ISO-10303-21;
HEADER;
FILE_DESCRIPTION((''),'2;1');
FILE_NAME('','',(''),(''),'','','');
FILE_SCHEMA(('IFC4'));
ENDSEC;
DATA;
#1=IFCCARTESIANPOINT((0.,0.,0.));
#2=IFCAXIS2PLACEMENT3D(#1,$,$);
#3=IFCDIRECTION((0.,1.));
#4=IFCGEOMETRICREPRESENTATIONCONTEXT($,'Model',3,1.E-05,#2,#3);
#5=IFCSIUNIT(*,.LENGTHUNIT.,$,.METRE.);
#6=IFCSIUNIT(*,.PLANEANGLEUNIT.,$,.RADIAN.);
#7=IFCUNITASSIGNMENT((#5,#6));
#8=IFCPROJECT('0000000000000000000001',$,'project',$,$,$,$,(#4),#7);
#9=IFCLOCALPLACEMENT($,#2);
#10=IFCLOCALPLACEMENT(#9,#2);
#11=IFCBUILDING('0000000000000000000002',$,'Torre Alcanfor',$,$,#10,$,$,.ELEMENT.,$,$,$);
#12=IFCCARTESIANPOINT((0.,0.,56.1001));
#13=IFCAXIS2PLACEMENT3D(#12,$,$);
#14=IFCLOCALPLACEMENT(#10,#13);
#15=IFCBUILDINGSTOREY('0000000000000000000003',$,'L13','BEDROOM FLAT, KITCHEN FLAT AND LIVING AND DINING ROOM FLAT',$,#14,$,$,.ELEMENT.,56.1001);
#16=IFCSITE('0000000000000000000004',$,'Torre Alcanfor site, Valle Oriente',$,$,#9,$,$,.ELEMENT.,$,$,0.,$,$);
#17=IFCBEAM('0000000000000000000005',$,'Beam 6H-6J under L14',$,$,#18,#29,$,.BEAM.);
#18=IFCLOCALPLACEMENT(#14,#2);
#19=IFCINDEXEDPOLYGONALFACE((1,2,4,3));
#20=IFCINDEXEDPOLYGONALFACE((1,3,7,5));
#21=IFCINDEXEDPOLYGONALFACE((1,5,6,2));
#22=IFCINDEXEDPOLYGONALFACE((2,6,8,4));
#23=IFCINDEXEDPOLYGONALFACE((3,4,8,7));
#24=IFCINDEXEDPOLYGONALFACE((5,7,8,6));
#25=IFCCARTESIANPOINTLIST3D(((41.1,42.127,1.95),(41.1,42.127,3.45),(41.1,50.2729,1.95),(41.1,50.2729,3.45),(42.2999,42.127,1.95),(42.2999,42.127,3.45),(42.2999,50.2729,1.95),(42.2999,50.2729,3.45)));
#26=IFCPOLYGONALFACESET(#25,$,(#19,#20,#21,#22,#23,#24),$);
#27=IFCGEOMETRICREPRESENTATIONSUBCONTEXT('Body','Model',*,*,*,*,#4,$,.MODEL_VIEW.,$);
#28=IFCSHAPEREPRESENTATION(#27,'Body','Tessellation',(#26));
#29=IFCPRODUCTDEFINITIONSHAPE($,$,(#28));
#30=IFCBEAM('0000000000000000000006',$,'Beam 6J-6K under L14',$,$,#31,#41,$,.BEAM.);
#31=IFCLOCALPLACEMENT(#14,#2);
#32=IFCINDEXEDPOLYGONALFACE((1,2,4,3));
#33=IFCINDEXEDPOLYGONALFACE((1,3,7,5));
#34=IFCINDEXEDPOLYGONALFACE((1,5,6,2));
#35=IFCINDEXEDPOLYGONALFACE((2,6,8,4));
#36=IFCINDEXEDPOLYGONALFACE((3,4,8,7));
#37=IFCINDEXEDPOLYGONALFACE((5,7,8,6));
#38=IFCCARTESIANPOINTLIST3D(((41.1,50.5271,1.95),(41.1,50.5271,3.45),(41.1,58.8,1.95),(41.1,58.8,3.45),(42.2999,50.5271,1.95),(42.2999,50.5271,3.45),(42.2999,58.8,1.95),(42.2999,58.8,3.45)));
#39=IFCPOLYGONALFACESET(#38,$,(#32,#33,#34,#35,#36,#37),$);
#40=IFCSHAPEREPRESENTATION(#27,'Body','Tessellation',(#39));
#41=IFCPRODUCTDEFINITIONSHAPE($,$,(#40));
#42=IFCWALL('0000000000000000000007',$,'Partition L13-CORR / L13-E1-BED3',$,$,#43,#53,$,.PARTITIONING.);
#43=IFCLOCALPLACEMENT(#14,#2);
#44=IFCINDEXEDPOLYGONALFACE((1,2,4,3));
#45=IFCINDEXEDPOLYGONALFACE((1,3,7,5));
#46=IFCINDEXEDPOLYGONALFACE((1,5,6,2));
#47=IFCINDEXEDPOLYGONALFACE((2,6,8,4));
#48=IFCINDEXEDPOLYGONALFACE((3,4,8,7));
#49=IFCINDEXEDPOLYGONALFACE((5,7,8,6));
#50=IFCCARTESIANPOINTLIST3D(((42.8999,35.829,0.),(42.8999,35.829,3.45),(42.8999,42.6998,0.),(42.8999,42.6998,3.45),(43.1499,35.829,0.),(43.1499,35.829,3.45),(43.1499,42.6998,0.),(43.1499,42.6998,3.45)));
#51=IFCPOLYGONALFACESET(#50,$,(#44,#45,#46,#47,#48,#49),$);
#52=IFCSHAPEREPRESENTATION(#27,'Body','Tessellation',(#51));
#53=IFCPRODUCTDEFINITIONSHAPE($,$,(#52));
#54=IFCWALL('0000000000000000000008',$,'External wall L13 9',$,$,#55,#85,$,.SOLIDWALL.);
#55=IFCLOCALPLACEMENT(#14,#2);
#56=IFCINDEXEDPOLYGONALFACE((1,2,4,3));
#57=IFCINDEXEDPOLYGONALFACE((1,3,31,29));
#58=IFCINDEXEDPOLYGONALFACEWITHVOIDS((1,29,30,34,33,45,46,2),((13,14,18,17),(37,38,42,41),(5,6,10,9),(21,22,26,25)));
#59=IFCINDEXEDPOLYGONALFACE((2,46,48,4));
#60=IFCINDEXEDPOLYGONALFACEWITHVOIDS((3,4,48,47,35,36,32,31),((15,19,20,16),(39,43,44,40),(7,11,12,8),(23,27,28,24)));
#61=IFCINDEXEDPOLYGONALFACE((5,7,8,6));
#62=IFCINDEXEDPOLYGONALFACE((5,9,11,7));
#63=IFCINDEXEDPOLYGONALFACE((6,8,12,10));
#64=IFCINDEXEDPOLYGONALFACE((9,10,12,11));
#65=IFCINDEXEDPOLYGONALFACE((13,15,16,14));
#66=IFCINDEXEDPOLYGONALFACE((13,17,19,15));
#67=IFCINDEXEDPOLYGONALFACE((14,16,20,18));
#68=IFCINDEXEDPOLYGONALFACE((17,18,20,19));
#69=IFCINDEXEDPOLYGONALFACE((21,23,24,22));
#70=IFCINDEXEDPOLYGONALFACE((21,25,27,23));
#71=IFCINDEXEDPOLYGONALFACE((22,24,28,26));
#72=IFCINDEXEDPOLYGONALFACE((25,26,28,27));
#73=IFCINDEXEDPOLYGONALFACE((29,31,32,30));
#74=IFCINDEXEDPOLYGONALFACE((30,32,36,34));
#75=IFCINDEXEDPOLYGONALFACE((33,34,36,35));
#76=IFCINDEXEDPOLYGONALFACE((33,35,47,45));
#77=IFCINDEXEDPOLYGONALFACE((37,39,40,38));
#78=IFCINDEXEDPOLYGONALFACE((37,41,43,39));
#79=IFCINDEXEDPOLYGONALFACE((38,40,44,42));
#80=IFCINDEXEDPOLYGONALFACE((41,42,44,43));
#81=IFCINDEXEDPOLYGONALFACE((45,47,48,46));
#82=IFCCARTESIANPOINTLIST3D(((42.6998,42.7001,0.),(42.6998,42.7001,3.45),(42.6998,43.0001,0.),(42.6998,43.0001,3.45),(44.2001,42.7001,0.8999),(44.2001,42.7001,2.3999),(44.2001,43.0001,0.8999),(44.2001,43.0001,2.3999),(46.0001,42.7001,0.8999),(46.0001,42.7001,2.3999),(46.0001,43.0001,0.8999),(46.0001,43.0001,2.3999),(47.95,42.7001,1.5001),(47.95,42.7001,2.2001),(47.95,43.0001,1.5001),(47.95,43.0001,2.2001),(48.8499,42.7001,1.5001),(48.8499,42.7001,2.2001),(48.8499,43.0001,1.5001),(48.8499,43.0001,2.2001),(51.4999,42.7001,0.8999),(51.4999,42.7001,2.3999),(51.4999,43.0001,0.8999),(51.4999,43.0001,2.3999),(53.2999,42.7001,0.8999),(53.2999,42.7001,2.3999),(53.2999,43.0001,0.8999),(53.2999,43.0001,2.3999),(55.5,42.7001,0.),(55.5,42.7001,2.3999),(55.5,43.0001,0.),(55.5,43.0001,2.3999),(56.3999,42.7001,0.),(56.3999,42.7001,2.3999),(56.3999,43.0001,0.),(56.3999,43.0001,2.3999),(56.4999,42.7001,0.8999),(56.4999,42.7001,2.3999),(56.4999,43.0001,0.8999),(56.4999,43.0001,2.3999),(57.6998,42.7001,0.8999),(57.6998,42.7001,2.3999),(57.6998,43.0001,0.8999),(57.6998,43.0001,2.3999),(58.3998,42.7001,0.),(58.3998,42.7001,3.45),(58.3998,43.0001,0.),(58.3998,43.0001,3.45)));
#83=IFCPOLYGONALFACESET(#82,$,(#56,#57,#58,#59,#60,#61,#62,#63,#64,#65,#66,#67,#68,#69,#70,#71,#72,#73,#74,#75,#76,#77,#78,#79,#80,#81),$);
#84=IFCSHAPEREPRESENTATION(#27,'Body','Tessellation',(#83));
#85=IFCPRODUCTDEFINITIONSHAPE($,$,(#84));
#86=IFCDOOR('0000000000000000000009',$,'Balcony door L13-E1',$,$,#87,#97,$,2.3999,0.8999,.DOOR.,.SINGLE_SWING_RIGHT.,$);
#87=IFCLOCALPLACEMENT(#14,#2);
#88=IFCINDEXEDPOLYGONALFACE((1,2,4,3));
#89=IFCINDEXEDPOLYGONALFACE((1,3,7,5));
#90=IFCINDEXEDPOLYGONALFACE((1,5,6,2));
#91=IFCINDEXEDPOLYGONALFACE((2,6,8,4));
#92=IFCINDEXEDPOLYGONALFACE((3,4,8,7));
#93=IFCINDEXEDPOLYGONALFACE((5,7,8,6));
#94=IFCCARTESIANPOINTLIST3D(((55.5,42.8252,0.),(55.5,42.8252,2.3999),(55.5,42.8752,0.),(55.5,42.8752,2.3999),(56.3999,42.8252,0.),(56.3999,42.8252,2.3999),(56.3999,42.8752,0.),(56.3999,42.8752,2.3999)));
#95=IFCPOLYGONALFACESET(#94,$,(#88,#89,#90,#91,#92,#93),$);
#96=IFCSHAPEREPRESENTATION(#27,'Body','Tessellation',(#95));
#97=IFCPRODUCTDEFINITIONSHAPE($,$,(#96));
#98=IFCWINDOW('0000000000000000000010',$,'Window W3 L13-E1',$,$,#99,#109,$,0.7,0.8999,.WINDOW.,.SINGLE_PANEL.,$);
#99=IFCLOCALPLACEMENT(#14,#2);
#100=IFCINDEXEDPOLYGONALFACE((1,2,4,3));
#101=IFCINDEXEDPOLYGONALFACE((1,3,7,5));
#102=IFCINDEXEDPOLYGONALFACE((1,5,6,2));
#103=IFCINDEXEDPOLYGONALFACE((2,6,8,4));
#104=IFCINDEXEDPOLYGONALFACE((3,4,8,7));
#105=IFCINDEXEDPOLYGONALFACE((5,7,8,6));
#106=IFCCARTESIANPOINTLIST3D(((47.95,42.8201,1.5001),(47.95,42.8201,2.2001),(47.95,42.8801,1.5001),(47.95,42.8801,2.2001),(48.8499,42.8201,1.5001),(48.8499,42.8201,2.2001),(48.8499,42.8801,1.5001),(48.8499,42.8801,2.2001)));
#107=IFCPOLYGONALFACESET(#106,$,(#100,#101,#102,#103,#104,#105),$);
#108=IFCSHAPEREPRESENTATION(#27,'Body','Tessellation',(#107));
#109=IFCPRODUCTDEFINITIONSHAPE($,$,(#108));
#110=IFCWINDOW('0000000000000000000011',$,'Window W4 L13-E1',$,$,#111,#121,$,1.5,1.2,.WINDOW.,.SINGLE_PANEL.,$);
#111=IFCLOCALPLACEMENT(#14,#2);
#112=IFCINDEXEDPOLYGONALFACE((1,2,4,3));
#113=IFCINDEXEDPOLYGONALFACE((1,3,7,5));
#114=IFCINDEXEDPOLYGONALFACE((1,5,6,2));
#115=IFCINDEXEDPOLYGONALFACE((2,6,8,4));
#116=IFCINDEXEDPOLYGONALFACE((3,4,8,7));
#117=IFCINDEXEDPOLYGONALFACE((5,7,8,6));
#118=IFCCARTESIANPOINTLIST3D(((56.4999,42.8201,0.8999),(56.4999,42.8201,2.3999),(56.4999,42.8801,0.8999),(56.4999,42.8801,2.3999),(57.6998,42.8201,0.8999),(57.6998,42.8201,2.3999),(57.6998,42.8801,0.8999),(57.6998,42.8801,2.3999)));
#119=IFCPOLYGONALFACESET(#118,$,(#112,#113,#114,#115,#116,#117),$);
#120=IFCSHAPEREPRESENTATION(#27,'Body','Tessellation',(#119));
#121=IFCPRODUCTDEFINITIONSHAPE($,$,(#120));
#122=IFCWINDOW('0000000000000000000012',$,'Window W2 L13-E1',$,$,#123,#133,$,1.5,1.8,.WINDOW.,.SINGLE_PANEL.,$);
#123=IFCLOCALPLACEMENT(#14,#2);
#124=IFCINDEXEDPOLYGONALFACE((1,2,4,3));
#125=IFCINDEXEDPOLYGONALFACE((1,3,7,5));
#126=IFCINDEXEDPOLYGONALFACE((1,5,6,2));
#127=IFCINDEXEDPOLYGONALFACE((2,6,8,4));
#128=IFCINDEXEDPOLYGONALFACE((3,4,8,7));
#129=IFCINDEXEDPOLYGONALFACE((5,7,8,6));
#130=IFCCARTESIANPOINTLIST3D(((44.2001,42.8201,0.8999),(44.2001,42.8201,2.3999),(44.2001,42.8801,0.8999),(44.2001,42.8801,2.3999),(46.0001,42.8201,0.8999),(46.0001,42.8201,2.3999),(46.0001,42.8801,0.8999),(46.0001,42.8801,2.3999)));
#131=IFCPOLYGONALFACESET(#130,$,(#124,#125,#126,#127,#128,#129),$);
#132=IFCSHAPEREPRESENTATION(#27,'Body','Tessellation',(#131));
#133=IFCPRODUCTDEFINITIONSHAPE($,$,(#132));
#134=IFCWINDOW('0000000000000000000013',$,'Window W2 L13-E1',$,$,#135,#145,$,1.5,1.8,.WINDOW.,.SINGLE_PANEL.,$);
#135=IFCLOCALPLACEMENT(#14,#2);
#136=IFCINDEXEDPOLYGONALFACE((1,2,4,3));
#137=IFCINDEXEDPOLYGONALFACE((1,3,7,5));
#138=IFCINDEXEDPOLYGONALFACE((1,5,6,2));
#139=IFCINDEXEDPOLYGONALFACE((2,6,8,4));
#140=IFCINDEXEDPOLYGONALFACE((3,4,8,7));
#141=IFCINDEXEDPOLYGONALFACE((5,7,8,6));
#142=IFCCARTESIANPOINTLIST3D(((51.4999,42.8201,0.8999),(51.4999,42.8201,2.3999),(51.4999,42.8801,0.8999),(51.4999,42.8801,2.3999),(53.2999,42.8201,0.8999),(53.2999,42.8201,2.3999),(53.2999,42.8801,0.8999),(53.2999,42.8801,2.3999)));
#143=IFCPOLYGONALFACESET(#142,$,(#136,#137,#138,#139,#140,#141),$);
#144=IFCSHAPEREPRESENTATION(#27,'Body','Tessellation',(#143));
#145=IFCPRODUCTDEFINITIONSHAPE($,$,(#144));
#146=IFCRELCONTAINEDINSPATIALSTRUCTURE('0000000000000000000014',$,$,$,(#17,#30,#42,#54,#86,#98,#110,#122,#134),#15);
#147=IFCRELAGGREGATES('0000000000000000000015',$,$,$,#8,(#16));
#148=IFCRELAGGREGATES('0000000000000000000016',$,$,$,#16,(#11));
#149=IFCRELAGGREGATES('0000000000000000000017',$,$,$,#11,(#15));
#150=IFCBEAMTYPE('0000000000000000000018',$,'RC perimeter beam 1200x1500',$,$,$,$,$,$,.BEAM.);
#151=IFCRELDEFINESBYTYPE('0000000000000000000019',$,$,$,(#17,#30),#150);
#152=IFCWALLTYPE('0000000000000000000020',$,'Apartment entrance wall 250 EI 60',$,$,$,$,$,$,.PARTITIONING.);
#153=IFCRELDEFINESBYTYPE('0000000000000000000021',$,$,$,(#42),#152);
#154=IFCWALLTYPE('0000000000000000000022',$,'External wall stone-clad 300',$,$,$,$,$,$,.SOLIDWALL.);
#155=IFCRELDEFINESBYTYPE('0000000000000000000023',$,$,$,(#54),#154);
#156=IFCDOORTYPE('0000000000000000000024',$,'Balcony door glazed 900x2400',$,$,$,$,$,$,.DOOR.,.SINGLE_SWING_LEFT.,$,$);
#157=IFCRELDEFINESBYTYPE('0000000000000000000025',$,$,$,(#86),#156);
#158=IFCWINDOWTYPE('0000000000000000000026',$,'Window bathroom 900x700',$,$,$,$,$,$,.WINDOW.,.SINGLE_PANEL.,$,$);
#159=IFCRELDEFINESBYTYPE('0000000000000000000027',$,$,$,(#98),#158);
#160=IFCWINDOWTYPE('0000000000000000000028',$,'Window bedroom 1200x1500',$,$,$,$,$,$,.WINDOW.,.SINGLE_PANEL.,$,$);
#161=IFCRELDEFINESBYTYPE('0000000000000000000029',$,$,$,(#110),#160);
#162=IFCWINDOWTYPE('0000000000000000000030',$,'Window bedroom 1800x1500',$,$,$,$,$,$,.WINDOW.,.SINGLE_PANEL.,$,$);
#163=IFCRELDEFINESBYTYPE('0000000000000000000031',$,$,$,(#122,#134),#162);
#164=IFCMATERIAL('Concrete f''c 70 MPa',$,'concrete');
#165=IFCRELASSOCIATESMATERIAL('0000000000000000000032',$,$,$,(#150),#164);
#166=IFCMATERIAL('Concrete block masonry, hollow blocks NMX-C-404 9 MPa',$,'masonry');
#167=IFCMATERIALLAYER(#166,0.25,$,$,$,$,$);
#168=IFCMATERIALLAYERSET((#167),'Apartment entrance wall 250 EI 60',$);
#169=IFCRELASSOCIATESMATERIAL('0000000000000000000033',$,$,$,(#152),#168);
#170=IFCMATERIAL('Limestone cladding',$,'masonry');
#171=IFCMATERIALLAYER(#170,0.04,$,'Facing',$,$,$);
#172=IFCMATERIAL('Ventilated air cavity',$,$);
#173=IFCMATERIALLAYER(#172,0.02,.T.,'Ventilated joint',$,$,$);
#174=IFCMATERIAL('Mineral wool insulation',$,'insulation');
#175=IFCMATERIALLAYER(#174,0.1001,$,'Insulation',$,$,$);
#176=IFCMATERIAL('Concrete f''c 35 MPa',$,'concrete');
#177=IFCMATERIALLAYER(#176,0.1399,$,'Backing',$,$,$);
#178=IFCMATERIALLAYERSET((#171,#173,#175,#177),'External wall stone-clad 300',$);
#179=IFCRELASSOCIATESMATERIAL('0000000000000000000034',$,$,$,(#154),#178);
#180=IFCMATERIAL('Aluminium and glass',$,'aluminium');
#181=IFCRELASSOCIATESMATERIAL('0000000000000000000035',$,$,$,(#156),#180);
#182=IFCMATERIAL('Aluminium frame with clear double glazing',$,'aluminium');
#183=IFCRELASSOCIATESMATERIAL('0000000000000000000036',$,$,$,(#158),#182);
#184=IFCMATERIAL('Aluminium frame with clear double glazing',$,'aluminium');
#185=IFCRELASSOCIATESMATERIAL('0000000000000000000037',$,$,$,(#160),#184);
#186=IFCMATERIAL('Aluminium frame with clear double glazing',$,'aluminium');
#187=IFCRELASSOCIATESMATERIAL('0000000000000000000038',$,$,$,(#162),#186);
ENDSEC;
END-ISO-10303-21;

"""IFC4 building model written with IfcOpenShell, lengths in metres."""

from ifc_helpers import new_model, si_unit, direction, frame, frame_2d, origin, origin_2d, place, context, subcontext, project, spatial, rectangle, extrude, material, layer, layer_set, material_profile, profile_set, type_object, element, fill, save


model = new_model("IFC4")

# Units and contexts
model_context = context("Model", 3, precision=1e-05, world=origin(), true_north=direction((0.0, 1.0)))
body_context = subcontext(model_context, "Body", "Model", "MODEL_VIEW")
ifc_project = project(units=[si_unit("LENGTHUNIT", "METRE"), si_unit("PLANEANGLEUNIT", "RADIAN")], contexts=[model_context])

# Site, building, storey
site_placement = place(None, origin())
site = spatial("IfcSite", under=ifc_project, at=site_placement, Name="Torre Alcanfor site, Valle Oriente", CompositionType="ELEMENT", RefElevation=0.0)
building_placement = place(site_placement, origin())
building = spatial("IfcBuilding", under=site, at=building_placement, Name="Torre Alcanfor", CompositionType="ELEMENT")
storey_placement = place(building_placement, frame((0.0, 0.0, 56.1001)))
storey = spatial("IfcBuildingStorey", under=building, at=storey_placement, Name="L13", Description="BEDROOM FLAT, KITCHEN FLAT AND LIVING AND DINING ROOM FLAT", CompositionType="ELEMENT", Elevation=56.1001)

# Beams
ifc_material_1 = material(Name="Concrete f'c 70 MPa", Category="concrete")
ifc_material_profile_1 = material_profile(ifc_material_1, rectangle(XDim=1.2, YDim=1.5, at=origin_2d()), Name="1200x1500")
ifc_profile_set_1 = profile_set([ifc_material_profile_1], Name="Concrete f'c 70 MPa")
beam_type_1 = type_object("IfcBeamType", Name="RC perimeter beam 1200x1500", PredefinedType="BEAM", material=ifc_profile_set_1)
beam_1_placement = place(storey_placement, frame((41.7, 42.127, 2.7), z_axis=(0.0, 1.0, 0.0), x_axis=(-1.0, 0.0, 0.0)))
element("IfcBeam", 1, at=beam_1_placement, inside=storey, type_object=beam_type_1, Name="Beam 6H-6J under L14", PredefinedType="BEAM", context=body_context, shape_type="SweptSolid", body=[
    extrude(rectangle(XDim=1.2, YDim=1.5, at=origin_2d()), origin(), (0.0, 0.0, 1.0), 8.146),
])
beam_2_placement = place(storey_placement, frame((41.7, 50.5271, 2.7), z_axis=(0.0, 1.0, 0.0), x_axis=(-1.0, 0.0, 0.0)))
element("IfcBeam", 2, at=beam_2_placement, inside=storey, type_object=beam_type_1, Name="Beam 6J-6K under L14", PredefinedType="BEAM", context=body_context, shape_type="SweptSolid", body=[
    extrude(rectangle(XDim=1.2, YDim=1.5, at=origin_2d()), origin(), (0.0, 0.0, 1.0), 8.2729),
])

# Wall
ifc_material_2 = material(Name="Concrete block masonry, hollow blocks NMX-C-404 9 MPa", Category="masonry")
ifc_layer_1 = layer(ifc_material_2, 0.25)
ifc_layer_set_1 = layer_set([ifc_layer_1], Name="Apartment entrance wall 250 EI 60")
wall_type_1 = type_object("IfcWallType", Name="Apartment entrance wall 250 EI 60", PredefinedType="PARTITIONING", material=ifc_layer_set_1)
wall_1_placement = place(storey_placement, frame((43.0249, 42.7, 0.0), z_axis=(0.0, 0.0, 1.0), x_axis=(0.0, -1.0, 0.0)))
element("IfcWall", 3, at=wall_1_placement, inside=storey, type_object=wall_type_1, Name="Partition L13-CORR / L13-E1-BED3", PredefinedType="PARTITIONING", context=body_context, shape_type="SweptSolid", body=[
    extrude(rectangle(XDim=6.8708, YDim=0.25, at=frame_2d((3.4355, 0.0))), origin(), (0.0, 0.0, 1.0), 3.45),
])

# Wall, openings, door, windows
ifc_material_3 = material(Name="Limestone cladding", Category="masonry")
ifc_layer_2 = layer(ifc_material_3, 0.04, Name="Facing")
ifc_material_4 = material(Name="Ventilated air cavity")
ifc_layer_3 = layer(ifc_material_4, 0.02, ventilated=True, Name="Ventilated joint")
ifc_material_5 = material(Name="Mineral wool insulation", Category="insulation")
ifc_layer_4 = layer(ifc_material_5, 0.1001, Name="Insulation")
ifc_material_6 = material(Name="Concrete f'c 35 MPa", Category="concrete")
ifc_layer_5 = layer(ifc_material_6, 0.1399, Name="Backing")
ifc_layer_set_2 = layer_set([ifc_layer_2, ifc_layer_3, ifc_layer_4, ifc_layer_5], Name="External wall stone-clad 300")
wall_type_2 = type_object("IfcWallType", Name="External wall stone-clad 300", PredefinedType="SOLIDWALL", material=ifc_layer_set_2)
wall_2_placement = place(storey_placement, frame((58.3999, 42.8501, 0.0), z_axis=(0.0, 0.0, 1.0), x_axis=(-1.0, 0.0, 0.0)))
wall_2 = element("IfcWall", 4, at=wall_2_placement, inside=storey, type_object=wall_type_2, Name="External wall L13 9", PredefinedType="SOLIDWALL", context=body_context, shape_type="SweptSolid", body=[
    extrude(rectangle(XDim=15.7, YDim=0.3, at=frame_2d((7.8501, 0.0))), origin(), (0.0, 0.0, 1.0), 3.45),
])
opening_1_placement = place(wall_2_placement, frame((12.3999, 0.0, 0.8999)))
opening_1 = element("IfcOpeningElement", 5, at=opening_1_placement, cuts=wall_2, PredefinedType="OPENING", context=body_context, shape_type="SweptSolid", body=[
    extrude(rectangle(XDim=1.8, YDim=1.5, at=frame_2d((0.8999, 0.75))), frame((0.0, 0.1599, 0.0), z_axis=(0.0, -1.0, 0.0), x_axis=(1.0, 0.0, 0.0)), (0.0, 0.0, 1.0), 0.3201),
])
opening_2_placement = place(wall_2_placement, frame((9.55, 0.0, 1.5)))
opening_2 = element("IfcOpeningElement", 6, at=opening_2_placement, cuts=wall_2, PredefinedType="OPENING", context=body_context, shape_type="SweptSolid", body=[
    extrude(rectangle(XDim=0.8999, YDim=0.7, at=frame_2d((0.45, 0.3501))), frame((0.0, 0.1599, 0.0), z_axis=(0.0, -1.0, 0.0), x_axis=(1.0, 0.0, 0.0)), (0.0, 0.0, 1.0), 0.3201),
])
opening_3_placement = place(wall_2_placement, frame((5.1001, 0.0, 0.8999)))
opening_3 = element("IfcOpeningElement", 7, at=opening_3_placement, cuts=wall_2, PredefinedType="OPENING", context=body_context, shape_type="SweptSolid", body=[
    extrude(rectangle(XDim=1.8, YDim=1.5, at=frame_2d((0.8999, 0.75))), frame((0.0, 0.1599, 0.0), z_axis=(0.0, -1.0, 0.0), x_axis=(1.0, 0.0, 0.0)), (0.0, 0.0, 1.0), 0.3201),
])
opening_4_placement = place(wall_2_placement, frame((2.0, 0.0, 0.0)))
opening_4 = element("IfcOpeningElement", 8, at=opening_4_placement, cuts=wall_2, PredefinedType="OPENING", context=body_context, shape_type="SweptSolid", body=[
    extrude(rectangle(XDim=0.8999, YDim=2.3999, at=frame_2d((0.45, 1.2))), frame((0.0, 0.1599, 0.0), z_axis=(0.0, -1.0, 0.0), x_axis=(1.0, 0.0, 0.0)), (0.0, 0.0, 1.0), 0.3201),
])
opening_5_placement = place(wall_2_placement, frame((0.7, 0.0, 0.8999)))
opening_5 = element("IfcOpeningElement", 9, at=opening_5_placement, cuts=wall_2, PredefinedType="OPENING", context=body_context, shape_type="SweptSolid", body=[
    extrude(rectangle(XDim=1.2, YDim=1.5, at=frame_2d((0.6001, 0.75))), frame((0.0, 0.1599, 0.0), z_axis=(0.0, -1.0, 0.0), x_axis=(1.0, 0.0, 0.0)), (0.0, 0.0, 1.0), 0.3201),
])
ifc_material_7 = material(Name="Aluminium and glass", Category="aluminium")
door_type = type_object("IfcDoorType", Name="Balcony door glazed 900x2400", OperationType="SINGLE_SWING_LEFT", PredefinedType="DOOR", material=ifc_material_7)
door_1_placement = place(opening_4_placement, origin())
door_1 = element("IfcDoor", 10, at=door_1_placement, inside=storey, type_object=door_type, Name="Balcony door L13-E1", OperationType="SINGLE_SWING_RIGHT", OverallHeight=2.3999, OverallWidth=0.8999, PredefinedType="DOOR", context=body_context, shape_type="SweptSolid", body=[
    extrude(rectangle(XDim=0.8999, YDim=2.3999, at=frame_2d((0.45, 1.2))), frame((0.0, 0.0249, 0.0), z_axis=(0.0, -1.0, 0.0), x_axis=(1.0, 0.0, 0.0)), (0.0, 0.0, 1.0), 0.05),
])
fill(opening_4, door_1)
ifc_material_8 = material(Name="Aluminium frame with clear double glazing", Category="aluminium")
window_type_1 = type_object("IfcWindowType", Name="Window bathroom 900x700", PartitioningType="SINGLE_PANEL", PredefinedType="WINDOW", material=ifc_material_8)
window_1_placement = place(opening_2_placement, origin())
window_1 = element("IfcWindow", 11, at=window_1_placement, inside=storey, type_object=window_type_1, Name="Window W3 L13-E1", OverallHeight=0.7, OverallWidth=0.8999, PartitioningType="SINGLE_PANEL", PredefinedType="WINDOW", context=body_context, shape_type="SweptSolid", body=[
    extrude(rectangle(XDim=0.8999, YDim=0.7, at=frame_2d((0.45, 0.3501))), frame((0.0, 0.03, 0.0), z_axis=(0.0, -1.0, 0.0), x_axis=(1.0, 0.0, 0.0)), (0.0, 0.0, 1.0), 0.0601),
])
fill(opening_2, window_1)
ifc_material_9 = material(Name="Aluminium frame with clear double glazing", Category="aluminium")
window_type_2 = type_object("IfcWindowType", Name="Window bedroom 1200x1500", PartitioningType="SINGLE_PANEL", PredefinedType="WINDOW", material=ifc_material_9)
window_2_placement = place(opening_5_placement, origin())
window_2 = element("IfcWindow", 12, at=window_2_placement, inside=storey, type_object=window_type_2, Name="Window W4 L13-E1", OverallHeight=1.5, OverallWidth=1.2, PartitioningType="SINGLE_PANEL", PredefinedType="WINDOW", context=body_context, shape_type="SweptSolid", body=[
    extrude(rectangle(XDim=1.2, YDim=1.5, at=frame_2d((0.6001, 0.75))), frame((0.0, 0.03, 0.0), z_axis=(0.0, -1.0, 0.0), x_axis=(1.0, 0.0, 0.0)), (0.0, 0.0, 1.0), 0.0601),
])
fill(opening_5, window_2)
ifc_material_10 = material(Name="Aluminium frame with clear double glazing", Category="aluminium")
window_type_3 = type_object("IfcWindowType", Name="Window bedroom 1800x1500", PartitioningType="SINGLE_PANEL", PredefinedType="WINDOW", material=ifc_material_10)
window_3_placement = place(opening_1_placement, origin())
window_3 = element("IfcWindow", 13, at=window_3_placement, inside=storey, type_object=window_type_3, Name="Window W2 L13-E1", OverallHeight=1.5, OverallWidth=1.8, PartitioningType="SINGLE_PANEL", PredefinedType="WINDOW", context=body_context, shape_type="SweptSolid", body=[
    extrude(rectangle(XDim=1.8, YDim=1.5, at=frame_2d((0.8999, 0.75))), frame((0.0, 0.03, 0.0), z_axis=(0.0, -1.0, 0.0), x_axis=(1.0, 0.0, 0.0)), (0.0, 0.0, 1.0), 0.0601),
])
fill(opening_1, window_3)
window_4_placement = place(opening_3_placement, origin())
window_4 = element("IfcWindow", 14, at=window_4_placement, inside=storey, type_object=window_type_3, Name="Window W2 L13-E1", OverallHeight=1.5, OverallWidth=1.8, PartitioningType="SINGLE_PANEL", PredefinedType="WINDOW", context=body_context, shape_type="SweptSolid", body=[
    extrude(rectangle(XDim=1.8, YDim=1.5, at=frame_2d((0.8999, 0.75))), frame((0.0, 0.03, 0.0), z_axis=(0.0, -1.0, 0.0), x_axis=(1.0, 0.0, 0.0)), (0.0, 0.0, 1.0), 0.0601),
])
fill(opening_3, window_4)

save(model, "model.ifc")
